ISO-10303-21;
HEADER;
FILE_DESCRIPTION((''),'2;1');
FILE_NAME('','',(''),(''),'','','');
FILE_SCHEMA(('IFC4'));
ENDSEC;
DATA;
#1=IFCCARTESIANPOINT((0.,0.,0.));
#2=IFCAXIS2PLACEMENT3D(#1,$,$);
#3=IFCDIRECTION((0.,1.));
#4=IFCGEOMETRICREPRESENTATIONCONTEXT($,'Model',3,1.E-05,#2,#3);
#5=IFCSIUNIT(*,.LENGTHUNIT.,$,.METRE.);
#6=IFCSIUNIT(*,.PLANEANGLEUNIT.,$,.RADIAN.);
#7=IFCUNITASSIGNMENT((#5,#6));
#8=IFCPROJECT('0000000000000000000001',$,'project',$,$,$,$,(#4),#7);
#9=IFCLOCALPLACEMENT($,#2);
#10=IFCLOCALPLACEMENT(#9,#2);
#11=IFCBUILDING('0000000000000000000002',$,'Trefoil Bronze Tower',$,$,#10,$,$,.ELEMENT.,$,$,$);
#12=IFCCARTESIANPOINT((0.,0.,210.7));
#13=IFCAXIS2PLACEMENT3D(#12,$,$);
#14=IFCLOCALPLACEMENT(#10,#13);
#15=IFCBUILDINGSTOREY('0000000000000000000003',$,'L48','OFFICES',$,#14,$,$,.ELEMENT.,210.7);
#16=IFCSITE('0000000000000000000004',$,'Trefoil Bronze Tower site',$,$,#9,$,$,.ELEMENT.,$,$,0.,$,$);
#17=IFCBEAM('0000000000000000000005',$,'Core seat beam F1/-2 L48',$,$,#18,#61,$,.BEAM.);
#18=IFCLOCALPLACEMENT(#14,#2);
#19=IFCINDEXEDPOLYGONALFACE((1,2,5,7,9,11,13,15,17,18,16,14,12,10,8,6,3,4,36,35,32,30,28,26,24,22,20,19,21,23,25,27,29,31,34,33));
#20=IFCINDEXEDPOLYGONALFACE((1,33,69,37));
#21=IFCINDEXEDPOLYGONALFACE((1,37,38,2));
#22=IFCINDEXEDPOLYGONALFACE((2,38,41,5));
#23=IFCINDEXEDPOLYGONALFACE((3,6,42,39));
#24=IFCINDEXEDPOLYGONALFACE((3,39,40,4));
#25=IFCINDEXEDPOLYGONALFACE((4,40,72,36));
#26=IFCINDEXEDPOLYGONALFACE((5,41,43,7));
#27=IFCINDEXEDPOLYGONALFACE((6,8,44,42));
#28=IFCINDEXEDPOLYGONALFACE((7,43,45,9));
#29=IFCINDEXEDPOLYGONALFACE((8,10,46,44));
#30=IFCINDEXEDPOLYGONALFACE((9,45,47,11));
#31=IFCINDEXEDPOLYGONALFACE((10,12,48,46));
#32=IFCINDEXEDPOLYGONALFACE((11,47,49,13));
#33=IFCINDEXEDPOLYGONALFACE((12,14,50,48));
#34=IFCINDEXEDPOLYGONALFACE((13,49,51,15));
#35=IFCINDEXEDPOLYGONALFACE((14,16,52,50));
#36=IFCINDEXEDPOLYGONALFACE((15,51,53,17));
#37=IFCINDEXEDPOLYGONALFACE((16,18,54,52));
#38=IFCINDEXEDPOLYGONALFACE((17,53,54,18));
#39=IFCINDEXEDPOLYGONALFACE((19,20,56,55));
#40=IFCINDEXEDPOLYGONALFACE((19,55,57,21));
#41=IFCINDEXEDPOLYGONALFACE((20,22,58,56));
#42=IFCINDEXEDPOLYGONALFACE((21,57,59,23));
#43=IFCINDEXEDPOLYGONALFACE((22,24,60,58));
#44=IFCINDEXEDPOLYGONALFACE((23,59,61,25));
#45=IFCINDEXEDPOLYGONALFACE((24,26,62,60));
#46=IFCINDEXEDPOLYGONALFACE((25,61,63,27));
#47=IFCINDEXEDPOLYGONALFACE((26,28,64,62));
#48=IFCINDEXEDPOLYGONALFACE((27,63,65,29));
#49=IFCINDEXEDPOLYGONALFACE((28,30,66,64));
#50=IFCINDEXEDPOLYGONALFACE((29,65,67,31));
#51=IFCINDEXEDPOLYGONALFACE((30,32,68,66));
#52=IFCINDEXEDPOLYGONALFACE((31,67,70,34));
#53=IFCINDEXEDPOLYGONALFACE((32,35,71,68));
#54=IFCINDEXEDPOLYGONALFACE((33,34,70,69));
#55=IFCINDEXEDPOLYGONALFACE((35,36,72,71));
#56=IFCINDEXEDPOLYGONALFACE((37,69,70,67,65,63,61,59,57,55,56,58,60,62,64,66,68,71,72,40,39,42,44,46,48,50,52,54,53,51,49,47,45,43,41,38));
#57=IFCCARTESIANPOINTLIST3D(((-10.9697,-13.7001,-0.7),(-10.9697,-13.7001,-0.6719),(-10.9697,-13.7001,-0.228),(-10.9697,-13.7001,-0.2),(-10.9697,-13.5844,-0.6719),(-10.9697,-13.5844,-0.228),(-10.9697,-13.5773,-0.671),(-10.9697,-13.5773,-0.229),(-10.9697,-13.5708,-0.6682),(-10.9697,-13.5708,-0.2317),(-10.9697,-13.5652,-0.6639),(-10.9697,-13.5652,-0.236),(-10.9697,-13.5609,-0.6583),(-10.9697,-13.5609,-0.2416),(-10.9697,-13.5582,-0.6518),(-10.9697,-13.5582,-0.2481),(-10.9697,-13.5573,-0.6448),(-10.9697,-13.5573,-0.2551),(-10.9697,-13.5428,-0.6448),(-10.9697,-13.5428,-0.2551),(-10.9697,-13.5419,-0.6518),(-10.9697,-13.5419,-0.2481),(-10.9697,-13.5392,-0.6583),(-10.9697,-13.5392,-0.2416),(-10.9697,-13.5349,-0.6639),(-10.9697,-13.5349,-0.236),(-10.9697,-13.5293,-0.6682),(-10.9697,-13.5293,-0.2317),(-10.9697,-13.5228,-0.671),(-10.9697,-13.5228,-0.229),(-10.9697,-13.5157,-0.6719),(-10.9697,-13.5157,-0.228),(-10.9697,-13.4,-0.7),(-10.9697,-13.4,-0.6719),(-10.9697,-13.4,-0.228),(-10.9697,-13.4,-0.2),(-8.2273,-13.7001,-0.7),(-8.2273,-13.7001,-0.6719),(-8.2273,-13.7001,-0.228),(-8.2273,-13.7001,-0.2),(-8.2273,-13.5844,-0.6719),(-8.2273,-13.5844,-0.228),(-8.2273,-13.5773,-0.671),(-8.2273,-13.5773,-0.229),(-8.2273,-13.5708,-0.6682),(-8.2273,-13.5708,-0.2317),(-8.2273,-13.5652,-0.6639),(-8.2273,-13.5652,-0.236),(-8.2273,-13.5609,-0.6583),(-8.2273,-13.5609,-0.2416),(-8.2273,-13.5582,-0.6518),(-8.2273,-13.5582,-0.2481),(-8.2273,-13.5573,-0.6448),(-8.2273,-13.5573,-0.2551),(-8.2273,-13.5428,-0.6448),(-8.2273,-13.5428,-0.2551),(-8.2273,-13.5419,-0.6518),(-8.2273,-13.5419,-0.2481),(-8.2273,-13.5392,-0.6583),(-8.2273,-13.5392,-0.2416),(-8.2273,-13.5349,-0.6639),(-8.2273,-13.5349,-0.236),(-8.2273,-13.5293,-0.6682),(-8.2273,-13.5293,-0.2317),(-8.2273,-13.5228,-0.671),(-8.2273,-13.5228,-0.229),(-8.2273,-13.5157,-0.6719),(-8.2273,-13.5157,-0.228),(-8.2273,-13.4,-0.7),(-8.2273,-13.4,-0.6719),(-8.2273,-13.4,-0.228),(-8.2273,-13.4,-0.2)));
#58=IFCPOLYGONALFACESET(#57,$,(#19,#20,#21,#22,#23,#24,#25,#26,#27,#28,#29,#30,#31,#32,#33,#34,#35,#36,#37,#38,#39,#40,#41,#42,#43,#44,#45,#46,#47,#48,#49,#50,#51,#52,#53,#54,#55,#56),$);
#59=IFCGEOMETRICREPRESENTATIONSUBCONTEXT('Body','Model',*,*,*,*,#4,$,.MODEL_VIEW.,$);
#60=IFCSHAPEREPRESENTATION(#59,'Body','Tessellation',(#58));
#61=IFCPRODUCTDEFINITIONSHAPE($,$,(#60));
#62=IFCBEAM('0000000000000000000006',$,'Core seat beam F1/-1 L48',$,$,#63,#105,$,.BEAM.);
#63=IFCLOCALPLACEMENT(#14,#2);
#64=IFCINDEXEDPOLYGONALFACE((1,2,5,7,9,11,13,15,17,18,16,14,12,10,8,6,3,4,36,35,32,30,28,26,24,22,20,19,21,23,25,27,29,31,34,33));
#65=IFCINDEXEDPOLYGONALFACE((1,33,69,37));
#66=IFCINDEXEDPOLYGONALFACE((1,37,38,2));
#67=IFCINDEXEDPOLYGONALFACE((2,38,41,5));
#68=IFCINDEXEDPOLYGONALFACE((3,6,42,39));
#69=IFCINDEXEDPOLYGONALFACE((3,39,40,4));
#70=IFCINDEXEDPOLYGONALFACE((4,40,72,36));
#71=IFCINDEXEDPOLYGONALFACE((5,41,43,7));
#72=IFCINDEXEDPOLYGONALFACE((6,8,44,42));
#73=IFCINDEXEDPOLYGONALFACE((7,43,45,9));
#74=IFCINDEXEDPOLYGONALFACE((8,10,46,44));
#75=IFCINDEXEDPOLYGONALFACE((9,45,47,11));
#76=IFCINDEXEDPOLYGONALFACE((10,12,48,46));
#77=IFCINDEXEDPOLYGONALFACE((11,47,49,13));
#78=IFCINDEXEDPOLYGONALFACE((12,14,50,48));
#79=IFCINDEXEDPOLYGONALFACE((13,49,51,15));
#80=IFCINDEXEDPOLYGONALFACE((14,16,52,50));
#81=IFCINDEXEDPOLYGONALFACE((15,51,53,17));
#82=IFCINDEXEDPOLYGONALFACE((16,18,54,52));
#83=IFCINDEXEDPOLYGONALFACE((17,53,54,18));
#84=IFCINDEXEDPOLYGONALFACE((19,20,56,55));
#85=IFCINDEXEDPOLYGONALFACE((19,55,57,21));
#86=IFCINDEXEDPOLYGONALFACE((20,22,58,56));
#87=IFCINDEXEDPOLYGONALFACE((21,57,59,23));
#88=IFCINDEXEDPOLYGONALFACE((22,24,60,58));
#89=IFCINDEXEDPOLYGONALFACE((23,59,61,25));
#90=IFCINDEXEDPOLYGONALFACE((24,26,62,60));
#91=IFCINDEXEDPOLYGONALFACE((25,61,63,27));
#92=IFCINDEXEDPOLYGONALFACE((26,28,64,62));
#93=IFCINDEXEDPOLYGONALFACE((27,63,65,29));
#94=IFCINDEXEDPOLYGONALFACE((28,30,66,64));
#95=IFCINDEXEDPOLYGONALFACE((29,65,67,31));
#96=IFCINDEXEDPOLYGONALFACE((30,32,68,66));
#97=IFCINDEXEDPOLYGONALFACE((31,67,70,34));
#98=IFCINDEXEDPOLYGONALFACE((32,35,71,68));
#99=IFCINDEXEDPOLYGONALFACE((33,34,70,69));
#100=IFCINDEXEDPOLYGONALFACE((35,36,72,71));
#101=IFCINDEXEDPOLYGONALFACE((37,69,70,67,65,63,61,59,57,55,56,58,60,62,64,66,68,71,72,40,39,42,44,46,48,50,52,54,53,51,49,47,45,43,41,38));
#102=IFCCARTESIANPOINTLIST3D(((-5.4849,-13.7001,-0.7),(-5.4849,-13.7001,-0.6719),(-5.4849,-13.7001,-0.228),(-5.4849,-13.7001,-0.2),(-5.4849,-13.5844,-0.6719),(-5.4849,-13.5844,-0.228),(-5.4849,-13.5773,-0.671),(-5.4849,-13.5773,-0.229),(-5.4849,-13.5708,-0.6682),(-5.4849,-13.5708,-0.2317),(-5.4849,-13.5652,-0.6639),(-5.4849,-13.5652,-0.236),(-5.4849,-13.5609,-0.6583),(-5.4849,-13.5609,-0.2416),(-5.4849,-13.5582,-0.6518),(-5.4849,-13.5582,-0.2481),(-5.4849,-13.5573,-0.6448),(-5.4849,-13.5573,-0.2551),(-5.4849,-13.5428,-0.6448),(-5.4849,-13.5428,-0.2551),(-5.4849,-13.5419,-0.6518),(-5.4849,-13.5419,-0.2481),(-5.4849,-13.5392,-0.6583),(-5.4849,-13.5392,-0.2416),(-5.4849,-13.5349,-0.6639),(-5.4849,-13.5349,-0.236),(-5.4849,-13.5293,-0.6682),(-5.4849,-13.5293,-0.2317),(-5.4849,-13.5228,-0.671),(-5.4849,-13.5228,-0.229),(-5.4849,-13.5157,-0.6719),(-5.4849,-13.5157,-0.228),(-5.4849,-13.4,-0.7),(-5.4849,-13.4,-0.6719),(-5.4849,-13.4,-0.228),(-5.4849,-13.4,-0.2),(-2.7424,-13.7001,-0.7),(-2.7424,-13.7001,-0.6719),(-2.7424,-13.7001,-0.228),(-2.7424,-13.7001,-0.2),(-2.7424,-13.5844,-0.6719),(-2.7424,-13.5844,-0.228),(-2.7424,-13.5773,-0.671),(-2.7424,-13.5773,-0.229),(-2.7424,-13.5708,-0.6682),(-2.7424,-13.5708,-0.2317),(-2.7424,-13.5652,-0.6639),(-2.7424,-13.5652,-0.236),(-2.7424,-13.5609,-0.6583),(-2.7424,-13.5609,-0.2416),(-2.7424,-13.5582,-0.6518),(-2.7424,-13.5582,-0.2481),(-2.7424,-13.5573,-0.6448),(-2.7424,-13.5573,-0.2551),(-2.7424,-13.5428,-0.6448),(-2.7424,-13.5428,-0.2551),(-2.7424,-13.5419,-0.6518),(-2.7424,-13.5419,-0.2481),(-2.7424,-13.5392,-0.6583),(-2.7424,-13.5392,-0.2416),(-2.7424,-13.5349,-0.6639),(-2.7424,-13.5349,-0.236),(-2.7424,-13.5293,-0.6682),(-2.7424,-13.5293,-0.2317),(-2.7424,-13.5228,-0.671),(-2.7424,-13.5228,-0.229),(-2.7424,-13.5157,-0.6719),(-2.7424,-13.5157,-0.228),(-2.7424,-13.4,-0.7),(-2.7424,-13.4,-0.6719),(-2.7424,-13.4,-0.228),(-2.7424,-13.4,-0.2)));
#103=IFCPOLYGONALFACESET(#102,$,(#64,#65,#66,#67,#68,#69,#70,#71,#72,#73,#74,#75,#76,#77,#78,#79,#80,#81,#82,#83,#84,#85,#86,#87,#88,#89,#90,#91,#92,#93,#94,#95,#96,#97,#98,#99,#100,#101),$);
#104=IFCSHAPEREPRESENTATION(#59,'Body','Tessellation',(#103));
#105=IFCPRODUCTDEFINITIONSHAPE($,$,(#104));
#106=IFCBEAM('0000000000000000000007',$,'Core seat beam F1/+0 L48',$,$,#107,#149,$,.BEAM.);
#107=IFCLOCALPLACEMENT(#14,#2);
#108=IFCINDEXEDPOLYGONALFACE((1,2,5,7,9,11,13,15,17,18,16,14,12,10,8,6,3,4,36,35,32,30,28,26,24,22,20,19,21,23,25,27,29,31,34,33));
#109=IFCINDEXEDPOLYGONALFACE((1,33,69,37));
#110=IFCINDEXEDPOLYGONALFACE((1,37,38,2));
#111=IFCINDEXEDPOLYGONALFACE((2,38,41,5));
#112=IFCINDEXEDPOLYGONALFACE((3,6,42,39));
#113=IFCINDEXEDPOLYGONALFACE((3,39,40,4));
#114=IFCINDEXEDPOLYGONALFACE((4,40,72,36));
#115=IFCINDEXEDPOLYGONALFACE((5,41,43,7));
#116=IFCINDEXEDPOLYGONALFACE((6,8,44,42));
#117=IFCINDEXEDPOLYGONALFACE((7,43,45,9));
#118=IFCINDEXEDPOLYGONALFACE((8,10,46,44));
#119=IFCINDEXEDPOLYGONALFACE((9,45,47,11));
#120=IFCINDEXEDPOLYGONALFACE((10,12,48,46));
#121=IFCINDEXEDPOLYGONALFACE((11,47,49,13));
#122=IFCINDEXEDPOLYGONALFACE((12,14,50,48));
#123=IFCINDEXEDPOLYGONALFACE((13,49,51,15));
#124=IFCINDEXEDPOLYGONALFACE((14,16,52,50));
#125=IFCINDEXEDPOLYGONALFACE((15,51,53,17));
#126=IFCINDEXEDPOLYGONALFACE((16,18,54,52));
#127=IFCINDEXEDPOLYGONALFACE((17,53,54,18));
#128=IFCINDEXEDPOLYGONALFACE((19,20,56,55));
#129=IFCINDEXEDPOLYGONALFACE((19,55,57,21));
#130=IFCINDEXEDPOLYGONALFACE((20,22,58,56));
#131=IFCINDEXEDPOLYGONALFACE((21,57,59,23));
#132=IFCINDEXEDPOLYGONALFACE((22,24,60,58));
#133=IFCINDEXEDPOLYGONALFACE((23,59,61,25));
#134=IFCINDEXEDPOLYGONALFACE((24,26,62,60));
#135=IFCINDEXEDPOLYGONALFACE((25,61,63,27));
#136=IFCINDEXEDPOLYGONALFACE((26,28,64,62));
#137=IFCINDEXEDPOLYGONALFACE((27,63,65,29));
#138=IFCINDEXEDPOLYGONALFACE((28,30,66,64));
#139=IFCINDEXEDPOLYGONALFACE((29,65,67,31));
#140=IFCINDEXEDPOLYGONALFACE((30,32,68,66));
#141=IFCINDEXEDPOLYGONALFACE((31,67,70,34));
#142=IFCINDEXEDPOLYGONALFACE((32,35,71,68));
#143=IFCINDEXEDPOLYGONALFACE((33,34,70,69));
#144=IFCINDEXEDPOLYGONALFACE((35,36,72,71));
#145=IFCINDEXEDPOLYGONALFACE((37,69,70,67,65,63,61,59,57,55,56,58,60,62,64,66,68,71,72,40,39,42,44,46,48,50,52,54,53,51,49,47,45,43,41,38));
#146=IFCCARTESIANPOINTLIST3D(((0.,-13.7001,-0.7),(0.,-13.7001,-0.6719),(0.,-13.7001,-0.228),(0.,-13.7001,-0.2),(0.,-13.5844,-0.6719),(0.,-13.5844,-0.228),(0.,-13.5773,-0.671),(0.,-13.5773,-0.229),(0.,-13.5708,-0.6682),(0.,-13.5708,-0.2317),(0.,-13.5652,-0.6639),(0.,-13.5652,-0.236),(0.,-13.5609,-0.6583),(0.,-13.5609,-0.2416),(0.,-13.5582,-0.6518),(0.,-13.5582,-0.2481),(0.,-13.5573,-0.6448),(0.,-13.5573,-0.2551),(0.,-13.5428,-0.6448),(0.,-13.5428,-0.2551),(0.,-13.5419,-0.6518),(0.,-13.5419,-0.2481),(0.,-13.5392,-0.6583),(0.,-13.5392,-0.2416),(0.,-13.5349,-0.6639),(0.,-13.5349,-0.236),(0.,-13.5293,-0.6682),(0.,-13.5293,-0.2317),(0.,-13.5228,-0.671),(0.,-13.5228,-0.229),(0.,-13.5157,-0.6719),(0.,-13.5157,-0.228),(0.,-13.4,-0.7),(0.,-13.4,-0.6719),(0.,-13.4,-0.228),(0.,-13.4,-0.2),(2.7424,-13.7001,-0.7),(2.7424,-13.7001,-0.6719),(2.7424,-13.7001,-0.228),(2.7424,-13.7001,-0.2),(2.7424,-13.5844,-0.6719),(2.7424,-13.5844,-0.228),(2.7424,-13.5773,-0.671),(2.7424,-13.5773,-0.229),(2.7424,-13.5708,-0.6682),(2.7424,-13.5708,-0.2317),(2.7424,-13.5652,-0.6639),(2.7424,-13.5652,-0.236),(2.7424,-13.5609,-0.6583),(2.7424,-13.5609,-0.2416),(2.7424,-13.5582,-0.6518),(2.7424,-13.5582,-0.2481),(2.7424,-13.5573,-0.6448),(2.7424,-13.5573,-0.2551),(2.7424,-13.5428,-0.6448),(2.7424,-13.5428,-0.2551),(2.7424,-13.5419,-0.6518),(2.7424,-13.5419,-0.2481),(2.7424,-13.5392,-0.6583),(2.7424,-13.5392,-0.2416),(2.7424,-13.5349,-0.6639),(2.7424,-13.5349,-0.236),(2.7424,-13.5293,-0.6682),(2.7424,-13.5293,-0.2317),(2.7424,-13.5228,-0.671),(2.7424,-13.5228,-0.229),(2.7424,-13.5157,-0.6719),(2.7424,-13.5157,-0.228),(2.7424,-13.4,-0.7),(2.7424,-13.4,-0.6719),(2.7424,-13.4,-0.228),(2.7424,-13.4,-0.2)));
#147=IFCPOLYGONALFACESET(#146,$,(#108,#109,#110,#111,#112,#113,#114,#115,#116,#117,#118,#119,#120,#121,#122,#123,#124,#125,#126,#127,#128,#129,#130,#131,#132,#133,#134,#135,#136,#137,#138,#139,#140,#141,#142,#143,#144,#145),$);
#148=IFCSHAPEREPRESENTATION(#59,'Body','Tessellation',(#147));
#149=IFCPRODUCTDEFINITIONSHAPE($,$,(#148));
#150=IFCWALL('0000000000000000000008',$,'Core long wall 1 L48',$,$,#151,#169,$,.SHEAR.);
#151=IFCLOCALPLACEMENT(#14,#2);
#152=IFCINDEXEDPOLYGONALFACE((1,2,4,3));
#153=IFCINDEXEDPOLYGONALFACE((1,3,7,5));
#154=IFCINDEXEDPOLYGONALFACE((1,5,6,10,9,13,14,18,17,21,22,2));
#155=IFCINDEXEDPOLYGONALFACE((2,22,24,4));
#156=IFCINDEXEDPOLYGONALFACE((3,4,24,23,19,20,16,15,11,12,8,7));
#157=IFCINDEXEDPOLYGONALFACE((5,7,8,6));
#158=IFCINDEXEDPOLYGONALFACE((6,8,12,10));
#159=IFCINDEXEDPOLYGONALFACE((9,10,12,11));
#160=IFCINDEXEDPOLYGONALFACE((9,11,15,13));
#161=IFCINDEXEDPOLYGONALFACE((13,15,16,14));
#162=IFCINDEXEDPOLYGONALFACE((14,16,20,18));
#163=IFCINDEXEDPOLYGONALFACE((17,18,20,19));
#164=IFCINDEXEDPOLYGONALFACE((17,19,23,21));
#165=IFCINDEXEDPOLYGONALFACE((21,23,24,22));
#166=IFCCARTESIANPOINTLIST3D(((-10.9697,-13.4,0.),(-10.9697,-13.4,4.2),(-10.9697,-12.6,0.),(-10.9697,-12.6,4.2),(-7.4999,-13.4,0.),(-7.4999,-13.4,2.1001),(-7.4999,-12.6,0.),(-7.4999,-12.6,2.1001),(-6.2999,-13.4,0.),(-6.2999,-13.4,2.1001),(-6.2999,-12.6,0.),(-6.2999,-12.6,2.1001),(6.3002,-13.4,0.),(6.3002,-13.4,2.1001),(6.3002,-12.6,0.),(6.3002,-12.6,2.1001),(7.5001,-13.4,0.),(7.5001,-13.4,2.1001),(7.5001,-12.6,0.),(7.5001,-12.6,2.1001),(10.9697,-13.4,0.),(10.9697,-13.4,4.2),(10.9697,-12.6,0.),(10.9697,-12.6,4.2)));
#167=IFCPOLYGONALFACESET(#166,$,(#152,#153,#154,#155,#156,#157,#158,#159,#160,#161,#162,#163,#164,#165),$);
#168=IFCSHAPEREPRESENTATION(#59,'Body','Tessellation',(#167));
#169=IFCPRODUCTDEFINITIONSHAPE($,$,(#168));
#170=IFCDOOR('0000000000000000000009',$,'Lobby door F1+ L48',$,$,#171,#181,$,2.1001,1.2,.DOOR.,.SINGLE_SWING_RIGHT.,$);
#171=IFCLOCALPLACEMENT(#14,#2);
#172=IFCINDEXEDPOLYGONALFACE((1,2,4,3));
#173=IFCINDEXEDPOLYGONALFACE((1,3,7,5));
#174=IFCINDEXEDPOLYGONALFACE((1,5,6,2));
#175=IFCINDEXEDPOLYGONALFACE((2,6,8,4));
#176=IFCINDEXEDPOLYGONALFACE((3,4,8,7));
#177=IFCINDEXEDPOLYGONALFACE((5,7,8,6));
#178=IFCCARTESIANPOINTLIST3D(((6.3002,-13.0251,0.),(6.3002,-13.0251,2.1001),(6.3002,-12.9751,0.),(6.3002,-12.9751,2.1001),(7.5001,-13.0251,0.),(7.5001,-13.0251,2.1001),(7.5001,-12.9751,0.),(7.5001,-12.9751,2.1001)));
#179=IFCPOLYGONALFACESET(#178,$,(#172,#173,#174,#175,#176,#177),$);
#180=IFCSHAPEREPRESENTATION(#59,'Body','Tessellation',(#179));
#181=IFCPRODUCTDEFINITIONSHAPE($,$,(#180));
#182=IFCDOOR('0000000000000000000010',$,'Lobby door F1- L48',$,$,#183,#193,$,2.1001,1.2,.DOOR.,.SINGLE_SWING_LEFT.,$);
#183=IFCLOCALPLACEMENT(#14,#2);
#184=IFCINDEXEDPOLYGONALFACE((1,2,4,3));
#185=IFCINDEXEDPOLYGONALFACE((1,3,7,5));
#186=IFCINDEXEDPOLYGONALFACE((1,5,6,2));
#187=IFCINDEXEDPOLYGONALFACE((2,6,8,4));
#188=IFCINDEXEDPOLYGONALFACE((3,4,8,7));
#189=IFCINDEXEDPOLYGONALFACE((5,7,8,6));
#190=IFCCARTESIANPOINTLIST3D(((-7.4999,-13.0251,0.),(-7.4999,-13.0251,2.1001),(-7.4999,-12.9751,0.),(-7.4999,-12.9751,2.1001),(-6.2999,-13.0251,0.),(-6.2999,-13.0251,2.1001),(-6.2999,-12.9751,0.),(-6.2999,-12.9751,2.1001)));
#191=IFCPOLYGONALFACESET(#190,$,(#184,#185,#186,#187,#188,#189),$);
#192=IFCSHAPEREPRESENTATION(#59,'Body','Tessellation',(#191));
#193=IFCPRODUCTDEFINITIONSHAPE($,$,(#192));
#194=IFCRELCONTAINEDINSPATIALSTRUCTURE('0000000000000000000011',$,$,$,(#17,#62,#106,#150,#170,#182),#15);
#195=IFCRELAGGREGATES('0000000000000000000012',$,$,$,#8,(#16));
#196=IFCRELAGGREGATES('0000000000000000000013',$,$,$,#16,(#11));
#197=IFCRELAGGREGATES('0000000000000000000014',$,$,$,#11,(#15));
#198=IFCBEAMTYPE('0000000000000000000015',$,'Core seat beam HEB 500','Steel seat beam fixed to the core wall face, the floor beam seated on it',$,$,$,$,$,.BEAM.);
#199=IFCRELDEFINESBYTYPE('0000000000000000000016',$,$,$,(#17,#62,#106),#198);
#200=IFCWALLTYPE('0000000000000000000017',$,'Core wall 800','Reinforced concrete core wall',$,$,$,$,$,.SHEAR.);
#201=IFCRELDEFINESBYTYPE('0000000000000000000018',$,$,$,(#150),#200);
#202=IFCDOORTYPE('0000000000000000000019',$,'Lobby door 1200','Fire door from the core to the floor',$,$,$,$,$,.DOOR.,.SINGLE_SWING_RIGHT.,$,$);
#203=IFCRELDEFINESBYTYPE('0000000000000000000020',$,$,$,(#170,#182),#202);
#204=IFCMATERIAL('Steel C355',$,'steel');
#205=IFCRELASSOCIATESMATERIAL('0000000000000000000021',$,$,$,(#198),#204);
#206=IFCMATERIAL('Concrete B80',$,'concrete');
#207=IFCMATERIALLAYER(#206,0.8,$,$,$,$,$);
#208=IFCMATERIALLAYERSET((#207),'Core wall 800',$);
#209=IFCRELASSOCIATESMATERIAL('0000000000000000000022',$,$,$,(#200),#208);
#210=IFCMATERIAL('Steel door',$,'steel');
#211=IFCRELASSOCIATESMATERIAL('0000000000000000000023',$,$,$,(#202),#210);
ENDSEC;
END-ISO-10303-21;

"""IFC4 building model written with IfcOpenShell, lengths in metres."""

from ifc_helpers import new_model, si_unit, direction, frame, frame_2d, origin, origin_2d, place, context, subcontext, project, spatial, rectangle, i_section, extrude, material, layer, layer_set, material_profile, profile_set, type_object, element, fill, save


model = new_model("IFC4")

# Units and contexts
model_context = context("Model", 3, precision=1e-05, world=origin(), true_north=direction((0.0, 1.0)))
body_context = subcontext(model_context, "Body", "Model", "MODEL_VIEW")
ifc_project = project(units=[si_unit("LENGTHUNIT", "METRE"), si_unit("PLANEANGLEUNIT", "RADIAN")], contexts=[model_context])

# Site, building, storey
site_placement = place(None, origin())
site = spatial("IfcSite", under=ifc_project, at=site_placement, Name="Trefoil Bronze Tower site", CompositionType="ELEMENT", RefElevation=0.0)
building_placement = place(site_placement, origin())
building = spatial("IfcBuilding", under=site, at=building_placement, Name="Trefoil Bronze Tower", CompositionType="ELEMENT")
storey_placement = place(building_placement, frame((0.0, 0.0, 210.7)))
storey = spatial("IfcBuildingStorey", under=building, at=storey_placement, Name="L48", Description="OFFICES", CompositionType="ELEMENT", Elevation=210.7)

# Beams
ifc_material_1 = material(Name="Steel C355", Category="steel")
ifc_material_profile = material_profile(ifc_material_1, i_section(OverallWidth=0.3, OverallDepth=0.5, WebThickness=0.0144, FlangeThickness=0.0281, FilletRadius=0.0271, at=origin_2d()), Name="HEB 500")
ifc_profile_set = profile_set([ifc_material_profile], Name="Steel C355")
beam_type = type_object("IfcBeamType", Name="Core seat beam HEB 500", Description="Steel seat beam fixed to the core wall face, the floor beam seated on it", PredefinedType="BEAM", material=ifc_profile_set)
for number, where, z_axis, x_axis, name in (
    (1, (-10.9697, -13.55, -0.45), (1.0, 0.0, 0.0), (0.0, 1.0, 0.0), "Core seat beam F1/-2 L48"),
    (2, (-5.4849, -13.55, -0.45), (1.0, 0.0, 0.0), (0.0, 1.0, 0.0), "Core seat beam F1/-1 L48"),
    (3, (0.0, -13.55, -0.45), (1.0, 0.0, 0.0), (0.0, 1.0, 0.0), "Core seat beam F1/+0 L48"),
):
    element("IfcBeam", number, at=place(storey_placement, frame(where, z_axis=z_axis, x_axis=x_axis)), inside=storey, type_object=beam_type, Name=name, PredefinedType="BEAM", context=body_context, shape_type="SweptSolid", body=[
        extrude(i_section(OverallWidth=0.3, OverallDepth=0.5, WebThickness=0.0144, FlangeThickness=0.0281, FilletRadius=0.0271, at=origin_2d()), origin(), (0.0, 0.0, 1.0), 2.7424),
    ])

# Wall, openings, doors
ifc_material_2 = material(Name="Concrete B80", Category="concrete")
ifc_layer_1 = layer(ifc_material_2, 0.8)
ifc_layer_set_1 = layer_set([ifc_layer_1], Name="Core wall 800")
wall_type_1 = type_object("IfcWallType", Name="Core wall 800", Description="Reinforced concrete core wall", PredefinedType="SHEAR", material=ifc_layer_set_1)
wall_1_placement = place(storey_placement, frame((-10.9697, -13.0, 0.0), z_axis=(0.0, 0.0, 1.0), x_axis=(1.0, 0.0, 0.0)))
wall_1 = element("IfcWall", 4, at=wall_1_placement, inside=storey, type_object=wall_type_1, Name="Core long wall 1 L48", PredefinedType="SHEAR", context=body_context, shape_type="SweptSolid", body=[
    extrude(rectangle(XDim=21.9395, YDim=0.8, at=frame_2d((10.9697, 0.0))), origin(), (0.0, 0.0, 1.0), 4.2),
])
opening_1_placement = place(wall_1_placement, frame((17.2698, 0.0, 0.0)))
opening_1 = element("IfcOpeningElement", 5, at=opening_1_placement, cuts=wall_1, PredefinedType="OPENING", context=body_context, shape_type="SweptSolid", body=[
    extrude(rectangle(XDim=1.2, YDim=2.1001, at=frame_2d((0.6001, 1.05))), frame((0.0, 0.4099, 0.0), z_axis=(0.0, -1.0, 0.0), x_axis=(1.0, 0.0, 0.0)), (0.0, 0.0, 1.0), 0.8201),
])
opening_2_placement = place(wall_1_placement, frame((3.4697, 0.0, 0.0)))
opening_2 = element("IfcOpeningElement", 6, at=opening_2_placement, cuts=wall_1, PredefinedType="OPENING", context=body_context, shape_type="SweptSolid", body=[
    extrude(rectangle(XDim=1.2, YDim=2.1001, at=frame_2d((0.6001, 1.05))), frame((0.0, 0.4099, 0.0), z_axis=(0.0, -1.0, 0.0), x_axis=(1.0, 0.0, 0.0)), (0.0, 0.0, 1.0), 0.8201),
])
ifc_material_3 = material(Name="Steel door", Category="steel")
door_type_1 = type_object("IfcDoorType", Name="Lobby door 1200", Description="Fire door from the core to the floor", OperationType="SINGLE_SWING_RIGHT", PredefinedType="DOOR", material=ifc_material_3)
door_1_placement = place(opening_1_placement, origin())
door_1 = element("IfcDoor", 7, at=door_1_placement, inside=storey, type_object=door_type_1, Name="Lobby door F1+ L48", OperationType="SINGLE_SWING_RIGHT", OverallHeight=2.1001, OverallWidth=1.2, PredefinedType="DOOR", context=body_context, shape_type="SweptSolid", body=[
    extrude(rectangle(XDim=1.2, YDim=2.1001, at=frame_2d((0.6001, 1.05))), frame((0.0, 0.0249, 0.0), z_axis=(0.0, -1.0, 0.0), x_axis=(1.0, 0.0, 0.0)), (0.0, 0.0, 1.0), 0.05),
])
fill(opening_1, door_1)
door_2_placement = place(opening_2_placement, origin())
door_2 = element("IfcDoor", 8, at=door_2_placement, inside=storey, type_object=door_type_1, Name="Lobby door F1- L48", OperationType="SINGLE_SWING_LEFT", OverallHeight=2.1001, OverallWidth=1.2, PredefinedType="DOOR", context=body_context, shape_type="SweptSolid", body=[
    extrude(rectangle(XDim=1.2, YDim=2.1001, at=frame_2d((0.6001, 1.05))), frame((0.0, 0.0249, 0.0), z_axis=(0.0, -1.0, 0.0), x_axis=(1.0, 0.0, 0.0)), (0.0, 0.0, 1.0), 0.05),
])
fill(opening_2, door_2)

save(model, "model.ifc")
